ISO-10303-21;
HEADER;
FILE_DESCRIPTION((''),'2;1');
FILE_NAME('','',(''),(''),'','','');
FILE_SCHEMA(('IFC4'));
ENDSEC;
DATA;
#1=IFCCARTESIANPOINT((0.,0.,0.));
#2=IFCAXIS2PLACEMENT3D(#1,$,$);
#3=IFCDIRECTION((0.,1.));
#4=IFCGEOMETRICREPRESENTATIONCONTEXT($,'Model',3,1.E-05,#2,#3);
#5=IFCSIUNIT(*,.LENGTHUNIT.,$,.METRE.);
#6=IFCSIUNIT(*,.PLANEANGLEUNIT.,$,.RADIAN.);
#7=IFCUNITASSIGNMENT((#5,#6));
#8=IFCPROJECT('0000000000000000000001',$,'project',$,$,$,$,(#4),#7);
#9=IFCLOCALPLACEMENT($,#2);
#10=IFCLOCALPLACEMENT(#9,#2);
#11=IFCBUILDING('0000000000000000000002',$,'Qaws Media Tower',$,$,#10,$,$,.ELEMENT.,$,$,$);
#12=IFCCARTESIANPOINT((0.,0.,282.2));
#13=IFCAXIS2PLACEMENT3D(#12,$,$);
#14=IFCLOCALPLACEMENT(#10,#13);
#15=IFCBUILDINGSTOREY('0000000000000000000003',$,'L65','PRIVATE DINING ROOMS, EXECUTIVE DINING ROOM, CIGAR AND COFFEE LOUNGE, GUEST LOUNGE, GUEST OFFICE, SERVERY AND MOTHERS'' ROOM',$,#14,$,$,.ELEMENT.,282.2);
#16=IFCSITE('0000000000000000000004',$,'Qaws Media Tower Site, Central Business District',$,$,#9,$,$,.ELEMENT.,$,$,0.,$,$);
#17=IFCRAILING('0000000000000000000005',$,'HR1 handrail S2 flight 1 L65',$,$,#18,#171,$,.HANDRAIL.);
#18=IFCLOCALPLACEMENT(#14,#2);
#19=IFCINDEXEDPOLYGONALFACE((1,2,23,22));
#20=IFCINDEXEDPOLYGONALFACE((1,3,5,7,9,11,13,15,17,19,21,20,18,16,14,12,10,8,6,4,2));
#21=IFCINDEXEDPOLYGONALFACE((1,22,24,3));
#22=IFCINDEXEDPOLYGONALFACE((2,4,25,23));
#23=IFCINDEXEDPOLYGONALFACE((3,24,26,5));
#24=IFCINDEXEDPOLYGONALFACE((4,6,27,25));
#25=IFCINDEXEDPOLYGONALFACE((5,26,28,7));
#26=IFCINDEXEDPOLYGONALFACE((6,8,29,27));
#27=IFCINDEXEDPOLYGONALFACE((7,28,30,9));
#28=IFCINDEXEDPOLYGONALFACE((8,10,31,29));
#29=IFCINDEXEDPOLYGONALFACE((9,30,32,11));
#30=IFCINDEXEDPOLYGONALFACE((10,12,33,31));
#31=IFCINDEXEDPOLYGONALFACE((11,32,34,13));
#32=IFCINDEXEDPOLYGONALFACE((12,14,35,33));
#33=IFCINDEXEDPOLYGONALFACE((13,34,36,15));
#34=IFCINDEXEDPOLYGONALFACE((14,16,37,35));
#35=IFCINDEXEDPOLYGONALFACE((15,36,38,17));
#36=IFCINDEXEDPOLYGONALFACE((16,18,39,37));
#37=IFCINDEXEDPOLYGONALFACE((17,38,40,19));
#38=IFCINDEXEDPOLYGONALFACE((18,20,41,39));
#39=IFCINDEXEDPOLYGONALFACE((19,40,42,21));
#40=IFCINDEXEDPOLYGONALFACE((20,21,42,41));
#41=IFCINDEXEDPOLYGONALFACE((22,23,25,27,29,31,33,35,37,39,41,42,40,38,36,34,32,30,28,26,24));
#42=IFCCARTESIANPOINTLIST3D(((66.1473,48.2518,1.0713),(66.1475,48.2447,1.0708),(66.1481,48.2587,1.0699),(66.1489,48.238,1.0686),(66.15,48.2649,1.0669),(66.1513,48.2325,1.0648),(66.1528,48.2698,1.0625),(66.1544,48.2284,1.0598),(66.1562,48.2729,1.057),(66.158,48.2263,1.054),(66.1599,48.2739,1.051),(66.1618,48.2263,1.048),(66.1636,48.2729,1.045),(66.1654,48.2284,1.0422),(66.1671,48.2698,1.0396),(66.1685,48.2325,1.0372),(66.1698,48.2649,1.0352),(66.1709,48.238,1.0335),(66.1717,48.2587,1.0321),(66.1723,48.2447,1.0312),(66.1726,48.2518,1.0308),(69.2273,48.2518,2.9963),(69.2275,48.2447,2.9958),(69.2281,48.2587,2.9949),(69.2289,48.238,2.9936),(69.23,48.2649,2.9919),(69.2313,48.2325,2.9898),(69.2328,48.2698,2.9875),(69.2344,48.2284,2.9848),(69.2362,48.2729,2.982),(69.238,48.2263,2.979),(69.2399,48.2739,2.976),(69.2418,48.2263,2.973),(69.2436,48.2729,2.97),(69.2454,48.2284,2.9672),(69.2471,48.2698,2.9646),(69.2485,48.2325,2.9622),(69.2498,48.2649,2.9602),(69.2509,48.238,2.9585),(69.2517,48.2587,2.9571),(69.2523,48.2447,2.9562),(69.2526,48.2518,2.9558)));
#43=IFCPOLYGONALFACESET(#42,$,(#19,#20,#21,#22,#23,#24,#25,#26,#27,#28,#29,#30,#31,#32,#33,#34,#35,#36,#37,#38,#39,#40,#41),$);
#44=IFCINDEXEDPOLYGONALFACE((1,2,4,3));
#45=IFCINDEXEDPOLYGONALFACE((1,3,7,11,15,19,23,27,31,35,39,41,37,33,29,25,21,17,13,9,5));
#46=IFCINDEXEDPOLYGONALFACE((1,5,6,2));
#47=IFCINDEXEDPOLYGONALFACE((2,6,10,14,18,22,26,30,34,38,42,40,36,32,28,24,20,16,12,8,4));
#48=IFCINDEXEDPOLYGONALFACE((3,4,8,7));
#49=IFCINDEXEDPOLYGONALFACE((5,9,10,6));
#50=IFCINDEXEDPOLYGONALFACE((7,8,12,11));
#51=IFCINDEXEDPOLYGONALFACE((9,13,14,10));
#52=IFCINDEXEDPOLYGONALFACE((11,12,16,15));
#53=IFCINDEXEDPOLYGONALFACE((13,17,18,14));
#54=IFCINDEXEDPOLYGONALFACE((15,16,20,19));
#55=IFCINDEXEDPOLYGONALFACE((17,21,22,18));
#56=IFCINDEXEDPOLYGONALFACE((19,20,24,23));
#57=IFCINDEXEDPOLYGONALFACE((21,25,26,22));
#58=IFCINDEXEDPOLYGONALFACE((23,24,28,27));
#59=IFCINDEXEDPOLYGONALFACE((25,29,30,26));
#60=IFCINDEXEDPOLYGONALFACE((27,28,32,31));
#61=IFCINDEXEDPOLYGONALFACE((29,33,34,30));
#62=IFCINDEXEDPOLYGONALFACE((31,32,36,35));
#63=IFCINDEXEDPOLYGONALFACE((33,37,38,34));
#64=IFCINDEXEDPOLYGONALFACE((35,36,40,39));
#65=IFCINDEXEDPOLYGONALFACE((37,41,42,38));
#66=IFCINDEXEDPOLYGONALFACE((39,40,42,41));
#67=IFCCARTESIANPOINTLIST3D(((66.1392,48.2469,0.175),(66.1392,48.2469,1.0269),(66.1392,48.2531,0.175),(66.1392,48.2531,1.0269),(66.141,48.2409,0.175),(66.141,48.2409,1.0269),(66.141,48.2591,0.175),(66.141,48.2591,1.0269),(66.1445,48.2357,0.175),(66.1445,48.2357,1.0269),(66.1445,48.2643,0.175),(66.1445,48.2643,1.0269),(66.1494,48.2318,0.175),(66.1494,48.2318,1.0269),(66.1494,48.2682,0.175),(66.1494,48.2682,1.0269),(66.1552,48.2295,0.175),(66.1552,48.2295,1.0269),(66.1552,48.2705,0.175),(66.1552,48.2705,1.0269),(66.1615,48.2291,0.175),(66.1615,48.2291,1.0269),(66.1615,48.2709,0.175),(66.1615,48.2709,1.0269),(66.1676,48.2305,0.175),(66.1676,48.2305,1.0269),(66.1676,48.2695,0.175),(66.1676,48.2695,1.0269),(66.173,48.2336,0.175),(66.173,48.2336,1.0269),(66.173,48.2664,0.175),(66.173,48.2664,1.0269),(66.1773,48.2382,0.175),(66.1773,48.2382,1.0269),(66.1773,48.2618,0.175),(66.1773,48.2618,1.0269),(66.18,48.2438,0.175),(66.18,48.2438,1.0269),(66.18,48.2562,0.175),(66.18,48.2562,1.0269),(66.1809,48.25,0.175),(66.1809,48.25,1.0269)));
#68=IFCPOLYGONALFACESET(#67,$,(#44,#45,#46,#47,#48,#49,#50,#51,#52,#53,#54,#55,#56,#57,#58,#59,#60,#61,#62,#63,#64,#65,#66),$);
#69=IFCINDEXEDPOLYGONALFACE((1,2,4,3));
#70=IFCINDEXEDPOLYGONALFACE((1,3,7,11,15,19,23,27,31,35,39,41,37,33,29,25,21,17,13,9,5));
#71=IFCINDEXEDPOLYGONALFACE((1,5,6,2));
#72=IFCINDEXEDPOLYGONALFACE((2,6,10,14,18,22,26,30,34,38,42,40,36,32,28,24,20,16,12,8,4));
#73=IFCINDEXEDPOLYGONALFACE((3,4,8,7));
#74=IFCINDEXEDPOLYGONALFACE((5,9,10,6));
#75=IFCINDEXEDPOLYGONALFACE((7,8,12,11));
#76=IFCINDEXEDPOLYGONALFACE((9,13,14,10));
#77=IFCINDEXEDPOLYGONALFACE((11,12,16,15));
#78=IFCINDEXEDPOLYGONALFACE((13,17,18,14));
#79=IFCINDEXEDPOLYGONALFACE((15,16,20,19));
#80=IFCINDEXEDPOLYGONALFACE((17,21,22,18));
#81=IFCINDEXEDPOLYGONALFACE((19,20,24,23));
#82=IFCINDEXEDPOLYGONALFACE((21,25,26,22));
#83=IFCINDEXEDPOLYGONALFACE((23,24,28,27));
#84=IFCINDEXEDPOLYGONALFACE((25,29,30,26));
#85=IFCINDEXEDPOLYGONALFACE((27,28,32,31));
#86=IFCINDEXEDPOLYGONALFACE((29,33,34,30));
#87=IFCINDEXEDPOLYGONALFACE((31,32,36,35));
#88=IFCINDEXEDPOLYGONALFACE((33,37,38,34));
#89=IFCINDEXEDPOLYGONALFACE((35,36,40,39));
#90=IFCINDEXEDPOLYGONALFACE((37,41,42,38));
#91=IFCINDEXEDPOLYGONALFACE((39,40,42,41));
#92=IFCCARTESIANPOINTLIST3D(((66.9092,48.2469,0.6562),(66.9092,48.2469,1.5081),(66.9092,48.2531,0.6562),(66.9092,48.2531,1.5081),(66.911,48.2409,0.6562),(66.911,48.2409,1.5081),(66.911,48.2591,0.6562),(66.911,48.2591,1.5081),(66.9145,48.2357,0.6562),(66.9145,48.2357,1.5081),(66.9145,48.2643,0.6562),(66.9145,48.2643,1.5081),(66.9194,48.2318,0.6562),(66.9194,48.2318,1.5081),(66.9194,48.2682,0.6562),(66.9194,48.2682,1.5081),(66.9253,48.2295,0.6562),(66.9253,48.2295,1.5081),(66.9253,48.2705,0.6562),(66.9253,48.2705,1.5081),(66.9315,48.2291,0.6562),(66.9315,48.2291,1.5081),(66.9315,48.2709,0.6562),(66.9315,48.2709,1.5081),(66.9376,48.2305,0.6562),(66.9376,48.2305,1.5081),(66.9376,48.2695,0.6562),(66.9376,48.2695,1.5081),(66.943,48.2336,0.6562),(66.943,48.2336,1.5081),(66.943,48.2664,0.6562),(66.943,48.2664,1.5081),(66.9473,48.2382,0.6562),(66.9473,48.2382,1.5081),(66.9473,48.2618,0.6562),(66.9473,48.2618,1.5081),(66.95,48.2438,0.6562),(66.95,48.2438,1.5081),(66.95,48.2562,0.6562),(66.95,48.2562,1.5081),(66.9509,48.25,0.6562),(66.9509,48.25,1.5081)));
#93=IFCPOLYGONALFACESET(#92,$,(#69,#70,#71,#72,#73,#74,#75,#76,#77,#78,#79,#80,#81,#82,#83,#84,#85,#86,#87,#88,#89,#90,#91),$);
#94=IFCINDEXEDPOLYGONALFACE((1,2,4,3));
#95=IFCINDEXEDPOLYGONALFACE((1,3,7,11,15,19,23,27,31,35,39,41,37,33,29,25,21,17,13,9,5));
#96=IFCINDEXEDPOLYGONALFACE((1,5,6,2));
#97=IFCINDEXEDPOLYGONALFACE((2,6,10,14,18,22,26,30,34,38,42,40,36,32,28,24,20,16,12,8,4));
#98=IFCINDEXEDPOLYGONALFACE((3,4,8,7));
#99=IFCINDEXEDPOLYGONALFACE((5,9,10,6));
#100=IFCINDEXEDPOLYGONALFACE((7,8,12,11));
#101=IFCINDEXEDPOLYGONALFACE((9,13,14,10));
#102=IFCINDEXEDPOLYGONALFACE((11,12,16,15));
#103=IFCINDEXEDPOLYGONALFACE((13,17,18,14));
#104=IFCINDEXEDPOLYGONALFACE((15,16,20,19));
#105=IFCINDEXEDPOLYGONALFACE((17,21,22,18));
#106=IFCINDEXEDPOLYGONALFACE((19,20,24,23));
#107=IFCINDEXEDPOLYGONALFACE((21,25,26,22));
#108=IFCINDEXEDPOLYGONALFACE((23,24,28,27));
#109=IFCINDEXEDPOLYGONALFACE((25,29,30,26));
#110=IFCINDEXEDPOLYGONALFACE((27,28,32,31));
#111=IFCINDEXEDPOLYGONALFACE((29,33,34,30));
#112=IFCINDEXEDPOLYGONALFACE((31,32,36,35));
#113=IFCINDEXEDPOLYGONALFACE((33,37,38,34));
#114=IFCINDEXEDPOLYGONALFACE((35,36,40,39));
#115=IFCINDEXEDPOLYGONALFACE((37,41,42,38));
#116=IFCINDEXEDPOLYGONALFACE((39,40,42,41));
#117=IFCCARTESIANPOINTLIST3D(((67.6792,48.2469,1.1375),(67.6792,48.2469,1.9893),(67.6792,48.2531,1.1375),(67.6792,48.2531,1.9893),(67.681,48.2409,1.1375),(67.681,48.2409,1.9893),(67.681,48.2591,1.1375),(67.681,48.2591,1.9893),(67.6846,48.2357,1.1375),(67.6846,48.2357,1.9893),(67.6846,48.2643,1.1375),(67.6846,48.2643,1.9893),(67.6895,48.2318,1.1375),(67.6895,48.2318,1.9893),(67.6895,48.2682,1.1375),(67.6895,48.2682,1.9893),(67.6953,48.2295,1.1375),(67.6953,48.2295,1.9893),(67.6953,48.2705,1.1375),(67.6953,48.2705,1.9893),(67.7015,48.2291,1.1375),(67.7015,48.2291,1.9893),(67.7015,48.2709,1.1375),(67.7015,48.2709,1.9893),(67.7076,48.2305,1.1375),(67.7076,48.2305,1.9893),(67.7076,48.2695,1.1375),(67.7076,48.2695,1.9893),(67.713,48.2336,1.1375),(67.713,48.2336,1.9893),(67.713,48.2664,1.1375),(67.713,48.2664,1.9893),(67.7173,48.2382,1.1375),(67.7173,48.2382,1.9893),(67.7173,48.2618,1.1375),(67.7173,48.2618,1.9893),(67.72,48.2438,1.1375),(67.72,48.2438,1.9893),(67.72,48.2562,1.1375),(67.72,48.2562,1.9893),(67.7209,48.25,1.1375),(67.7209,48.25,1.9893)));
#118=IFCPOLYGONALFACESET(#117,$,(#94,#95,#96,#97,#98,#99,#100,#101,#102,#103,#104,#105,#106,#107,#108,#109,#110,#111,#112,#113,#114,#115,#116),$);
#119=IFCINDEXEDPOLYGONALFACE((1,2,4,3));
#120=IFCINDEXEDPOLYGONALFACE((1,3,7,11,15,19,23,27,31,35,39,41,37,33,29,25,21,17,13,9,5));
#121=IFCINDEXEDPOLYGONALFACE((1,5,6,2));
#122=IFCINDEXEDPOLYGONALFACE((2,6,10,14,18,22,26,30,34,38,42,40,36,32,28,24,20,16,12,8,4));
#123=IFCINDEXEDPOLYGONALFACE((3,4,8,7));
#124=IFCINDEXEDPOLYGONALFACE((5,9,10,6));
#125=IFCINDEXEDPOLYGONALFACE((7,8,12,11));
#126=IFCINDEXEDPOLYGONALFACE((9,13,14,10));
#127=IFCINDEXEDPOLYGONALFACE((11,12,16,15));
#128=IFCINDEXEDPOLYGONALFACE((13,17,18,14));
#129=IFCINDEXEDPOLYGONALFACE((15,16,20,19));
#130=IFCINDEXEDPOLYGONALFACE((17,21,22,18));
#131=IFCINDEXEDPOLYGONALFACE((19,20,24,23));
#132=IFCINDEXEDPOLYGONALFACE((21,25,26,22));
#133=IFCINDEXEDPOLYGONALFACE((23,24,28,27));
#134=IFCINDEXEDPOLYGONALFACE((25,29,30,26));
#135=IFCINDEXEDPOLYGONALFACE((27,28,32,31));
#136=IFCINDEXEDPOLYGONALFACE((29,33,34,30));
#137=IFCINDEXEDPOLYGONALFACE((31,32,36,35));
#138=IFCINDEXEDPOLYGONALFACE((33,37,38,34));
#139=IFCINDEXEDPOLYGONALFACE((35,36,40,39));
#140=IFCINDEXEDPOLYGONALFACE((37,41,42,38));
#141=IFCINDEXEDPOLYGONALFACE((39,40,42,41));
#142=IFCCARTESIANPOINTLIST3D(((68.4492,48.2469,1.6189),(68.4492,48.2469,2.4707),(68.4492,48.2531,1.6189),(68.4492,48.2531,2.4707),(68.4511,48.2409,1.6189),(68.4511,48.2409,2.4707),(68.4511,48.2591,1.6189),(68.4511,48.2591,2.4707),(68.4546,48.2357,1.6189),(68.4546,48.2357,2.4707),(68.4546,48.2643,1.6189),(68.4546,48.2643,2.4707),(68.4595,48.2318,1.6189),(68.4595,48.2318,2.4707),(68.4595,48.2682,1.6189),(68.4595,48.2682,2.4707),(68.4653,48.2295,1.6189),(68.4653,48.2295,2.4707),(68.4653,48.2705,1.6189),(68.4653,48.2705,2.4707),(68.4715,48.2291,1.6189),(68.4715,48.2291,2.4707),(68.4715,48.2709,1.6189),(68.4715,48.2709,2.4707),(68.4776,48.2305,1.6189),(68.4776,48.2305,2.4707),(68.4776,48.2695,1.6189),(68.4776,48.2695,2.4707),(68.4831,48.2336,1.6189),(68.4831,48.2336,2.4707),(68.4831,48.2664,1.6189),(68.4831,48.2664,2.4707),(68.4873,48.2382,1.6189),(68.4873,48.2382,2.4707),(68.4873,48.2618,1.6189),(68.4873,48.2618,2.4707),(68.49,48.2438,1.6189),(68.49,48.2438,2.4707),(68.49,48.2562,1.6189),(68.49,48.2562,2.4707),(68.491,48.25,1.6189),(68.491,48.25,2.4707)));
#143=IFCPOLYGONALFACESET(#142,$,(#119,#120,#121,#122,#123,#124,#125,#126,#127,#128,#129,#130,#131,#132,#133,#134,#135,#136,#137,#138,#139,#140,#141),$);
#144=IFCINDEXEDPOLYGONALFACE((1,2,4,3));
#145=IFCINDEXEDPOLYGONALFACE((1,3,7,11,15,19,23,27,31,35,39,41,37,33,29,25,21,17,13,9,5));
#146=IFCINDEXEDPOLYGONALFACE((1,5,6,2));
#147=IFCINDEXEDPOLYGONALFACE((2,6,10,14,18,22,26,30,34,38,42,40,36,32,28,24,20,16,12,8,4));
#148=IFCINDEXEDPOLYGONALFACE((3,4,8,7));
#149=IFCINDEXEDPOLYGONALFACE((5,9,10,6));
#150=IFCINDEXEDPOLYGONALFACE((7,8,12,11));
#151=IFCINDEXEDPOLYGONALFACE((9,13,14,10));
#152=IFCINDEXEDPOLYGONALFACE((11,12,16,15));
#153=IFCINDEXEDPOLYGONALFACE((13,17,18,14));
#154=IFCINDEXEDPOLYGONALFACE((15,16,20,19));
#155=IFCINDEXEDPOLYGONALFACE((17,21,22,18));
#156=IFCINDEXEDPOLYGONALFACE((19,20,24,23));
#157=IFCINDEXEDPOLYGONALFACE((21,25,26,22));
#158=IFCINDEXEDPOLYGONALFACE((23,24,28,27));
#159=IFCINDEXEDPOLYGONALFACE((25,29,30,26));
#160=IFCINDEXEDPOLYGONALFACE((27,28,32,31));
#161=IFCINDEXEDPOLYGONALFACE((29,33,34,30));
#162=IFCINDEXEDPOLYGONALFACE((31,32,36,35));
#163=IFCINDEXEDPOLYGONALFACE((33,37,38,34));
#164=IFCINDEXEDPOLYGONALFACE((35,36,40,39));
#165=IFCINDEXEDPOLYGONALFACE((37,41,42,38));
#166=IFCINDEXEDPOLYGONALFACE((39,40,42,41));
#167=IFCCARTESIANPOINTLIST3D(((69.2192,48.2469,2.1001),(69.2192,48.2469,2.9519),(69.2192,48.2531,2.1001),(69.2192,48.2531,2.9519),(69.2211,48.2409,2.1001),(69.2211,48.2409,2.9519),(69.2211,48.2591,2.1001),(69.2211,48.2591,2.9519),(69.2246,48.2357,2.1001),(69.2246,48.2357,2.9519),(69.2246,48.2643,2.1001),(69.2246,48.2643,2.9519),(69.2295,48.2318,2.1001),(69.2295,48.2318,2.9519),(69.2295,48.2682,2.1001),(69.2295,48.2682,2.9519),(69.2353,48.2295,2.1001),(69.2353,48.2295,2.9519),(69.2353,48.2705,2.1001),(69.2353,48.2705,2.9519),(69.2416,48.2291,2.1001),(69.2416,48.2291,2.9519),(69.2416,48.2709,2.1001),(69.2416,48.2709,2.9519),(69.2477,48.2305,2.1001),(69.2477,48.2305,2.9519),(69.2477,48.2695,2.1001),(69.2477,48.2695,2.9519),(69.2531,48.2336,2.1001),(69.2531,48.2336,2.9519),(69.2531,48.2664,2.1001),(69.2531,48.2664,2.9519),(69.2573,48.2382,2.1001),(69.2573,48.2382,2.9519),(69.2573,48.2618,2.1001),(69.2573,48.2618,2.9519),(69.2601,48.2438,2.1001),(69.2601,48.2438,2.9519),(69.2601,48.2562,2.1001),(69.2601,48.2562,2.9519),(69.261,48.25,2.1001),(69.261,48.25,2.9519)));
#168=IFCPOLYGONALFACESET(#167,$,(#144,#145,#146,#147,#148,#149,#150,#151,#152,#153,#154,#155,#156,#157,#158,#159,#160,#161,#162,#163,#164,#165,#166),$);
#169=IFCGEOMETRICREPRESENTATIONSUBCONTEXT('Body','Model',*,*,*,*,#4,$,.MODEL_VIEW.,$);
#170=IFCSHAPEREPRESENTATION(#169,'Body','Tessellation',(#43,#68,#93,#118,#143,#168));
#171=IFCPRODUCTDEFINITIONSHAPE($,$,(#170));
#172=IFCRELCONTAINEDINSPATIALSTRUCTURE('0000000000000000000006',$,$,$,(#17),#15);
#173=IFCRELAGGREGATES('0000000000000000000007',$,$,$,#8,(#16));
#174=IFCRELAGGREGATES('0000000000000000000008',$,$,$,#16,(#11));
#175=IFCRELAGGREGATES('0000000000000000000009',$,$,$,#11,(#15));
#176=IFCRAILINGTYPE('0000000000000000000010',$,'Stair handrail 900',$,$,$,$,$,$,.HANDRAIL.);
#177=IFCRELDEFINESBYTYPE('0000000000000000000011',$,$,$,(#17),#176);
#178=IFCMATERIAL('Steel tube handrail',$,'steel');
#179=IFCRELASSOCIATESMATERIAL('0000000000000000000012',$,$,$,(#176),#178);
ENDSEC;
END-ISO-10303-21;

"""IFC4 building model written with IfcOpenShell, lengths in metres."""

from ifc_helpers import new_model, si_unit, direction, frame, origin, origin_2d, place, context, subcontext, project, spatial, circle, extrude, material, type_object, element, save


model = new_model("IFC4")

# Units and contexts
model_context = context("Model", 3, precision=1e-05, world=origin(), true_north=direction((0.0, 1.0)))
body_context = subcontext(model_context, "Body", "Model", "MODEL_VIEW")
ifc_project = project(units=[si_unit("LENGTHUNIT", "METRE"), si_unit("PLANEANGLEUNIT", "RADIAN")], contexts=[model_context])

# Site, building, storey
site_placement = place(None, origin())
site = spatial("IfcSite", under=ifc_project, at=site_placement, Name="Qaws Media Tower Site, Central Business District", CompositionType="ELEMENT", RefElevation=0.0)
building_placement = place(site_placement, origin())
building = spatial("IfcBuilding", under=site, at=building_placement, Name="Qaws Media Tower", CompositionType="ELEMENT")
storey_placement = place(building_placement, frame((0.0, 0.0, 282.2)))
storey = spatial("IfcBuildingStorey", under=building, at=storey_placement, Name="L65", Description="PRIVATE DINING ROOMS, EXECUTIVE DINING ROOM, CIGAR AND COFFEE LOUNGE, GUEST LOUNGE, GUEST OFFICE, SERVERY AND MOTHERS' ROOM", CompositionType="ELEMENT", Elevation=282.2)

# Railing
ifc_material_1 = material(Name="Steel tube handrail", Category="steel")
railing_type_1 = type_object("IfcRailingType", Name="Stair handrail 900", PredefinedType="HANDRAIL", material=ifc_material_1)
for number, where, name in (
    (1, (66.1599, 48.25, 0.175), "HR1 handrail S2 flight 1 L65"),
):
    element("IfcRailing", number, at=place(storey_placement, frame(where)), inside=storey, type_object=railing_type_1, Name=name, PredefinedType="HANDRAIL", context=body_context, shape_type="SweptSolid", body=[
        extrude(circle(Radius=0.0239, at=origin_2d()), frame((0.0, 0.0, 0.876), z_axis=(0.847998, 0.0, 0.529999), x_axis=(0.0, 1.0, 0.0)), (0.0, 0.0, 1.0), 3.6321),
        extrude(circle(Radius=0.021, at=origin_2d()), origin(), (0.0, 0.0, 1.0), 0.8518),
        extrude(circle(Radius=0.021, at=origin_2d()), frame((0.77, 0.0, 0.4812)), (0.0, 0.0, 1.0), 0.8518),
        extrude(circle(Radius=0.021, at=origin_2d()), frame((1.54, 0.0, 0.9624)), (0.0, 0.0, 1.0), 0.8518),
        extrude(circle(Radius=0.021, at=origin_2d()), frame((2.3101, 0.0, 1.4438)), (0.0, 0.0, 1.0), 0.8518),
        extrude(circle(Radius=0.021, at=origin_2d()), frame((3.0801, 0.0, 1.925)), (0.0, 0.0, 1.0), 0.8518),
    ])

save(model, "model.ifc")
